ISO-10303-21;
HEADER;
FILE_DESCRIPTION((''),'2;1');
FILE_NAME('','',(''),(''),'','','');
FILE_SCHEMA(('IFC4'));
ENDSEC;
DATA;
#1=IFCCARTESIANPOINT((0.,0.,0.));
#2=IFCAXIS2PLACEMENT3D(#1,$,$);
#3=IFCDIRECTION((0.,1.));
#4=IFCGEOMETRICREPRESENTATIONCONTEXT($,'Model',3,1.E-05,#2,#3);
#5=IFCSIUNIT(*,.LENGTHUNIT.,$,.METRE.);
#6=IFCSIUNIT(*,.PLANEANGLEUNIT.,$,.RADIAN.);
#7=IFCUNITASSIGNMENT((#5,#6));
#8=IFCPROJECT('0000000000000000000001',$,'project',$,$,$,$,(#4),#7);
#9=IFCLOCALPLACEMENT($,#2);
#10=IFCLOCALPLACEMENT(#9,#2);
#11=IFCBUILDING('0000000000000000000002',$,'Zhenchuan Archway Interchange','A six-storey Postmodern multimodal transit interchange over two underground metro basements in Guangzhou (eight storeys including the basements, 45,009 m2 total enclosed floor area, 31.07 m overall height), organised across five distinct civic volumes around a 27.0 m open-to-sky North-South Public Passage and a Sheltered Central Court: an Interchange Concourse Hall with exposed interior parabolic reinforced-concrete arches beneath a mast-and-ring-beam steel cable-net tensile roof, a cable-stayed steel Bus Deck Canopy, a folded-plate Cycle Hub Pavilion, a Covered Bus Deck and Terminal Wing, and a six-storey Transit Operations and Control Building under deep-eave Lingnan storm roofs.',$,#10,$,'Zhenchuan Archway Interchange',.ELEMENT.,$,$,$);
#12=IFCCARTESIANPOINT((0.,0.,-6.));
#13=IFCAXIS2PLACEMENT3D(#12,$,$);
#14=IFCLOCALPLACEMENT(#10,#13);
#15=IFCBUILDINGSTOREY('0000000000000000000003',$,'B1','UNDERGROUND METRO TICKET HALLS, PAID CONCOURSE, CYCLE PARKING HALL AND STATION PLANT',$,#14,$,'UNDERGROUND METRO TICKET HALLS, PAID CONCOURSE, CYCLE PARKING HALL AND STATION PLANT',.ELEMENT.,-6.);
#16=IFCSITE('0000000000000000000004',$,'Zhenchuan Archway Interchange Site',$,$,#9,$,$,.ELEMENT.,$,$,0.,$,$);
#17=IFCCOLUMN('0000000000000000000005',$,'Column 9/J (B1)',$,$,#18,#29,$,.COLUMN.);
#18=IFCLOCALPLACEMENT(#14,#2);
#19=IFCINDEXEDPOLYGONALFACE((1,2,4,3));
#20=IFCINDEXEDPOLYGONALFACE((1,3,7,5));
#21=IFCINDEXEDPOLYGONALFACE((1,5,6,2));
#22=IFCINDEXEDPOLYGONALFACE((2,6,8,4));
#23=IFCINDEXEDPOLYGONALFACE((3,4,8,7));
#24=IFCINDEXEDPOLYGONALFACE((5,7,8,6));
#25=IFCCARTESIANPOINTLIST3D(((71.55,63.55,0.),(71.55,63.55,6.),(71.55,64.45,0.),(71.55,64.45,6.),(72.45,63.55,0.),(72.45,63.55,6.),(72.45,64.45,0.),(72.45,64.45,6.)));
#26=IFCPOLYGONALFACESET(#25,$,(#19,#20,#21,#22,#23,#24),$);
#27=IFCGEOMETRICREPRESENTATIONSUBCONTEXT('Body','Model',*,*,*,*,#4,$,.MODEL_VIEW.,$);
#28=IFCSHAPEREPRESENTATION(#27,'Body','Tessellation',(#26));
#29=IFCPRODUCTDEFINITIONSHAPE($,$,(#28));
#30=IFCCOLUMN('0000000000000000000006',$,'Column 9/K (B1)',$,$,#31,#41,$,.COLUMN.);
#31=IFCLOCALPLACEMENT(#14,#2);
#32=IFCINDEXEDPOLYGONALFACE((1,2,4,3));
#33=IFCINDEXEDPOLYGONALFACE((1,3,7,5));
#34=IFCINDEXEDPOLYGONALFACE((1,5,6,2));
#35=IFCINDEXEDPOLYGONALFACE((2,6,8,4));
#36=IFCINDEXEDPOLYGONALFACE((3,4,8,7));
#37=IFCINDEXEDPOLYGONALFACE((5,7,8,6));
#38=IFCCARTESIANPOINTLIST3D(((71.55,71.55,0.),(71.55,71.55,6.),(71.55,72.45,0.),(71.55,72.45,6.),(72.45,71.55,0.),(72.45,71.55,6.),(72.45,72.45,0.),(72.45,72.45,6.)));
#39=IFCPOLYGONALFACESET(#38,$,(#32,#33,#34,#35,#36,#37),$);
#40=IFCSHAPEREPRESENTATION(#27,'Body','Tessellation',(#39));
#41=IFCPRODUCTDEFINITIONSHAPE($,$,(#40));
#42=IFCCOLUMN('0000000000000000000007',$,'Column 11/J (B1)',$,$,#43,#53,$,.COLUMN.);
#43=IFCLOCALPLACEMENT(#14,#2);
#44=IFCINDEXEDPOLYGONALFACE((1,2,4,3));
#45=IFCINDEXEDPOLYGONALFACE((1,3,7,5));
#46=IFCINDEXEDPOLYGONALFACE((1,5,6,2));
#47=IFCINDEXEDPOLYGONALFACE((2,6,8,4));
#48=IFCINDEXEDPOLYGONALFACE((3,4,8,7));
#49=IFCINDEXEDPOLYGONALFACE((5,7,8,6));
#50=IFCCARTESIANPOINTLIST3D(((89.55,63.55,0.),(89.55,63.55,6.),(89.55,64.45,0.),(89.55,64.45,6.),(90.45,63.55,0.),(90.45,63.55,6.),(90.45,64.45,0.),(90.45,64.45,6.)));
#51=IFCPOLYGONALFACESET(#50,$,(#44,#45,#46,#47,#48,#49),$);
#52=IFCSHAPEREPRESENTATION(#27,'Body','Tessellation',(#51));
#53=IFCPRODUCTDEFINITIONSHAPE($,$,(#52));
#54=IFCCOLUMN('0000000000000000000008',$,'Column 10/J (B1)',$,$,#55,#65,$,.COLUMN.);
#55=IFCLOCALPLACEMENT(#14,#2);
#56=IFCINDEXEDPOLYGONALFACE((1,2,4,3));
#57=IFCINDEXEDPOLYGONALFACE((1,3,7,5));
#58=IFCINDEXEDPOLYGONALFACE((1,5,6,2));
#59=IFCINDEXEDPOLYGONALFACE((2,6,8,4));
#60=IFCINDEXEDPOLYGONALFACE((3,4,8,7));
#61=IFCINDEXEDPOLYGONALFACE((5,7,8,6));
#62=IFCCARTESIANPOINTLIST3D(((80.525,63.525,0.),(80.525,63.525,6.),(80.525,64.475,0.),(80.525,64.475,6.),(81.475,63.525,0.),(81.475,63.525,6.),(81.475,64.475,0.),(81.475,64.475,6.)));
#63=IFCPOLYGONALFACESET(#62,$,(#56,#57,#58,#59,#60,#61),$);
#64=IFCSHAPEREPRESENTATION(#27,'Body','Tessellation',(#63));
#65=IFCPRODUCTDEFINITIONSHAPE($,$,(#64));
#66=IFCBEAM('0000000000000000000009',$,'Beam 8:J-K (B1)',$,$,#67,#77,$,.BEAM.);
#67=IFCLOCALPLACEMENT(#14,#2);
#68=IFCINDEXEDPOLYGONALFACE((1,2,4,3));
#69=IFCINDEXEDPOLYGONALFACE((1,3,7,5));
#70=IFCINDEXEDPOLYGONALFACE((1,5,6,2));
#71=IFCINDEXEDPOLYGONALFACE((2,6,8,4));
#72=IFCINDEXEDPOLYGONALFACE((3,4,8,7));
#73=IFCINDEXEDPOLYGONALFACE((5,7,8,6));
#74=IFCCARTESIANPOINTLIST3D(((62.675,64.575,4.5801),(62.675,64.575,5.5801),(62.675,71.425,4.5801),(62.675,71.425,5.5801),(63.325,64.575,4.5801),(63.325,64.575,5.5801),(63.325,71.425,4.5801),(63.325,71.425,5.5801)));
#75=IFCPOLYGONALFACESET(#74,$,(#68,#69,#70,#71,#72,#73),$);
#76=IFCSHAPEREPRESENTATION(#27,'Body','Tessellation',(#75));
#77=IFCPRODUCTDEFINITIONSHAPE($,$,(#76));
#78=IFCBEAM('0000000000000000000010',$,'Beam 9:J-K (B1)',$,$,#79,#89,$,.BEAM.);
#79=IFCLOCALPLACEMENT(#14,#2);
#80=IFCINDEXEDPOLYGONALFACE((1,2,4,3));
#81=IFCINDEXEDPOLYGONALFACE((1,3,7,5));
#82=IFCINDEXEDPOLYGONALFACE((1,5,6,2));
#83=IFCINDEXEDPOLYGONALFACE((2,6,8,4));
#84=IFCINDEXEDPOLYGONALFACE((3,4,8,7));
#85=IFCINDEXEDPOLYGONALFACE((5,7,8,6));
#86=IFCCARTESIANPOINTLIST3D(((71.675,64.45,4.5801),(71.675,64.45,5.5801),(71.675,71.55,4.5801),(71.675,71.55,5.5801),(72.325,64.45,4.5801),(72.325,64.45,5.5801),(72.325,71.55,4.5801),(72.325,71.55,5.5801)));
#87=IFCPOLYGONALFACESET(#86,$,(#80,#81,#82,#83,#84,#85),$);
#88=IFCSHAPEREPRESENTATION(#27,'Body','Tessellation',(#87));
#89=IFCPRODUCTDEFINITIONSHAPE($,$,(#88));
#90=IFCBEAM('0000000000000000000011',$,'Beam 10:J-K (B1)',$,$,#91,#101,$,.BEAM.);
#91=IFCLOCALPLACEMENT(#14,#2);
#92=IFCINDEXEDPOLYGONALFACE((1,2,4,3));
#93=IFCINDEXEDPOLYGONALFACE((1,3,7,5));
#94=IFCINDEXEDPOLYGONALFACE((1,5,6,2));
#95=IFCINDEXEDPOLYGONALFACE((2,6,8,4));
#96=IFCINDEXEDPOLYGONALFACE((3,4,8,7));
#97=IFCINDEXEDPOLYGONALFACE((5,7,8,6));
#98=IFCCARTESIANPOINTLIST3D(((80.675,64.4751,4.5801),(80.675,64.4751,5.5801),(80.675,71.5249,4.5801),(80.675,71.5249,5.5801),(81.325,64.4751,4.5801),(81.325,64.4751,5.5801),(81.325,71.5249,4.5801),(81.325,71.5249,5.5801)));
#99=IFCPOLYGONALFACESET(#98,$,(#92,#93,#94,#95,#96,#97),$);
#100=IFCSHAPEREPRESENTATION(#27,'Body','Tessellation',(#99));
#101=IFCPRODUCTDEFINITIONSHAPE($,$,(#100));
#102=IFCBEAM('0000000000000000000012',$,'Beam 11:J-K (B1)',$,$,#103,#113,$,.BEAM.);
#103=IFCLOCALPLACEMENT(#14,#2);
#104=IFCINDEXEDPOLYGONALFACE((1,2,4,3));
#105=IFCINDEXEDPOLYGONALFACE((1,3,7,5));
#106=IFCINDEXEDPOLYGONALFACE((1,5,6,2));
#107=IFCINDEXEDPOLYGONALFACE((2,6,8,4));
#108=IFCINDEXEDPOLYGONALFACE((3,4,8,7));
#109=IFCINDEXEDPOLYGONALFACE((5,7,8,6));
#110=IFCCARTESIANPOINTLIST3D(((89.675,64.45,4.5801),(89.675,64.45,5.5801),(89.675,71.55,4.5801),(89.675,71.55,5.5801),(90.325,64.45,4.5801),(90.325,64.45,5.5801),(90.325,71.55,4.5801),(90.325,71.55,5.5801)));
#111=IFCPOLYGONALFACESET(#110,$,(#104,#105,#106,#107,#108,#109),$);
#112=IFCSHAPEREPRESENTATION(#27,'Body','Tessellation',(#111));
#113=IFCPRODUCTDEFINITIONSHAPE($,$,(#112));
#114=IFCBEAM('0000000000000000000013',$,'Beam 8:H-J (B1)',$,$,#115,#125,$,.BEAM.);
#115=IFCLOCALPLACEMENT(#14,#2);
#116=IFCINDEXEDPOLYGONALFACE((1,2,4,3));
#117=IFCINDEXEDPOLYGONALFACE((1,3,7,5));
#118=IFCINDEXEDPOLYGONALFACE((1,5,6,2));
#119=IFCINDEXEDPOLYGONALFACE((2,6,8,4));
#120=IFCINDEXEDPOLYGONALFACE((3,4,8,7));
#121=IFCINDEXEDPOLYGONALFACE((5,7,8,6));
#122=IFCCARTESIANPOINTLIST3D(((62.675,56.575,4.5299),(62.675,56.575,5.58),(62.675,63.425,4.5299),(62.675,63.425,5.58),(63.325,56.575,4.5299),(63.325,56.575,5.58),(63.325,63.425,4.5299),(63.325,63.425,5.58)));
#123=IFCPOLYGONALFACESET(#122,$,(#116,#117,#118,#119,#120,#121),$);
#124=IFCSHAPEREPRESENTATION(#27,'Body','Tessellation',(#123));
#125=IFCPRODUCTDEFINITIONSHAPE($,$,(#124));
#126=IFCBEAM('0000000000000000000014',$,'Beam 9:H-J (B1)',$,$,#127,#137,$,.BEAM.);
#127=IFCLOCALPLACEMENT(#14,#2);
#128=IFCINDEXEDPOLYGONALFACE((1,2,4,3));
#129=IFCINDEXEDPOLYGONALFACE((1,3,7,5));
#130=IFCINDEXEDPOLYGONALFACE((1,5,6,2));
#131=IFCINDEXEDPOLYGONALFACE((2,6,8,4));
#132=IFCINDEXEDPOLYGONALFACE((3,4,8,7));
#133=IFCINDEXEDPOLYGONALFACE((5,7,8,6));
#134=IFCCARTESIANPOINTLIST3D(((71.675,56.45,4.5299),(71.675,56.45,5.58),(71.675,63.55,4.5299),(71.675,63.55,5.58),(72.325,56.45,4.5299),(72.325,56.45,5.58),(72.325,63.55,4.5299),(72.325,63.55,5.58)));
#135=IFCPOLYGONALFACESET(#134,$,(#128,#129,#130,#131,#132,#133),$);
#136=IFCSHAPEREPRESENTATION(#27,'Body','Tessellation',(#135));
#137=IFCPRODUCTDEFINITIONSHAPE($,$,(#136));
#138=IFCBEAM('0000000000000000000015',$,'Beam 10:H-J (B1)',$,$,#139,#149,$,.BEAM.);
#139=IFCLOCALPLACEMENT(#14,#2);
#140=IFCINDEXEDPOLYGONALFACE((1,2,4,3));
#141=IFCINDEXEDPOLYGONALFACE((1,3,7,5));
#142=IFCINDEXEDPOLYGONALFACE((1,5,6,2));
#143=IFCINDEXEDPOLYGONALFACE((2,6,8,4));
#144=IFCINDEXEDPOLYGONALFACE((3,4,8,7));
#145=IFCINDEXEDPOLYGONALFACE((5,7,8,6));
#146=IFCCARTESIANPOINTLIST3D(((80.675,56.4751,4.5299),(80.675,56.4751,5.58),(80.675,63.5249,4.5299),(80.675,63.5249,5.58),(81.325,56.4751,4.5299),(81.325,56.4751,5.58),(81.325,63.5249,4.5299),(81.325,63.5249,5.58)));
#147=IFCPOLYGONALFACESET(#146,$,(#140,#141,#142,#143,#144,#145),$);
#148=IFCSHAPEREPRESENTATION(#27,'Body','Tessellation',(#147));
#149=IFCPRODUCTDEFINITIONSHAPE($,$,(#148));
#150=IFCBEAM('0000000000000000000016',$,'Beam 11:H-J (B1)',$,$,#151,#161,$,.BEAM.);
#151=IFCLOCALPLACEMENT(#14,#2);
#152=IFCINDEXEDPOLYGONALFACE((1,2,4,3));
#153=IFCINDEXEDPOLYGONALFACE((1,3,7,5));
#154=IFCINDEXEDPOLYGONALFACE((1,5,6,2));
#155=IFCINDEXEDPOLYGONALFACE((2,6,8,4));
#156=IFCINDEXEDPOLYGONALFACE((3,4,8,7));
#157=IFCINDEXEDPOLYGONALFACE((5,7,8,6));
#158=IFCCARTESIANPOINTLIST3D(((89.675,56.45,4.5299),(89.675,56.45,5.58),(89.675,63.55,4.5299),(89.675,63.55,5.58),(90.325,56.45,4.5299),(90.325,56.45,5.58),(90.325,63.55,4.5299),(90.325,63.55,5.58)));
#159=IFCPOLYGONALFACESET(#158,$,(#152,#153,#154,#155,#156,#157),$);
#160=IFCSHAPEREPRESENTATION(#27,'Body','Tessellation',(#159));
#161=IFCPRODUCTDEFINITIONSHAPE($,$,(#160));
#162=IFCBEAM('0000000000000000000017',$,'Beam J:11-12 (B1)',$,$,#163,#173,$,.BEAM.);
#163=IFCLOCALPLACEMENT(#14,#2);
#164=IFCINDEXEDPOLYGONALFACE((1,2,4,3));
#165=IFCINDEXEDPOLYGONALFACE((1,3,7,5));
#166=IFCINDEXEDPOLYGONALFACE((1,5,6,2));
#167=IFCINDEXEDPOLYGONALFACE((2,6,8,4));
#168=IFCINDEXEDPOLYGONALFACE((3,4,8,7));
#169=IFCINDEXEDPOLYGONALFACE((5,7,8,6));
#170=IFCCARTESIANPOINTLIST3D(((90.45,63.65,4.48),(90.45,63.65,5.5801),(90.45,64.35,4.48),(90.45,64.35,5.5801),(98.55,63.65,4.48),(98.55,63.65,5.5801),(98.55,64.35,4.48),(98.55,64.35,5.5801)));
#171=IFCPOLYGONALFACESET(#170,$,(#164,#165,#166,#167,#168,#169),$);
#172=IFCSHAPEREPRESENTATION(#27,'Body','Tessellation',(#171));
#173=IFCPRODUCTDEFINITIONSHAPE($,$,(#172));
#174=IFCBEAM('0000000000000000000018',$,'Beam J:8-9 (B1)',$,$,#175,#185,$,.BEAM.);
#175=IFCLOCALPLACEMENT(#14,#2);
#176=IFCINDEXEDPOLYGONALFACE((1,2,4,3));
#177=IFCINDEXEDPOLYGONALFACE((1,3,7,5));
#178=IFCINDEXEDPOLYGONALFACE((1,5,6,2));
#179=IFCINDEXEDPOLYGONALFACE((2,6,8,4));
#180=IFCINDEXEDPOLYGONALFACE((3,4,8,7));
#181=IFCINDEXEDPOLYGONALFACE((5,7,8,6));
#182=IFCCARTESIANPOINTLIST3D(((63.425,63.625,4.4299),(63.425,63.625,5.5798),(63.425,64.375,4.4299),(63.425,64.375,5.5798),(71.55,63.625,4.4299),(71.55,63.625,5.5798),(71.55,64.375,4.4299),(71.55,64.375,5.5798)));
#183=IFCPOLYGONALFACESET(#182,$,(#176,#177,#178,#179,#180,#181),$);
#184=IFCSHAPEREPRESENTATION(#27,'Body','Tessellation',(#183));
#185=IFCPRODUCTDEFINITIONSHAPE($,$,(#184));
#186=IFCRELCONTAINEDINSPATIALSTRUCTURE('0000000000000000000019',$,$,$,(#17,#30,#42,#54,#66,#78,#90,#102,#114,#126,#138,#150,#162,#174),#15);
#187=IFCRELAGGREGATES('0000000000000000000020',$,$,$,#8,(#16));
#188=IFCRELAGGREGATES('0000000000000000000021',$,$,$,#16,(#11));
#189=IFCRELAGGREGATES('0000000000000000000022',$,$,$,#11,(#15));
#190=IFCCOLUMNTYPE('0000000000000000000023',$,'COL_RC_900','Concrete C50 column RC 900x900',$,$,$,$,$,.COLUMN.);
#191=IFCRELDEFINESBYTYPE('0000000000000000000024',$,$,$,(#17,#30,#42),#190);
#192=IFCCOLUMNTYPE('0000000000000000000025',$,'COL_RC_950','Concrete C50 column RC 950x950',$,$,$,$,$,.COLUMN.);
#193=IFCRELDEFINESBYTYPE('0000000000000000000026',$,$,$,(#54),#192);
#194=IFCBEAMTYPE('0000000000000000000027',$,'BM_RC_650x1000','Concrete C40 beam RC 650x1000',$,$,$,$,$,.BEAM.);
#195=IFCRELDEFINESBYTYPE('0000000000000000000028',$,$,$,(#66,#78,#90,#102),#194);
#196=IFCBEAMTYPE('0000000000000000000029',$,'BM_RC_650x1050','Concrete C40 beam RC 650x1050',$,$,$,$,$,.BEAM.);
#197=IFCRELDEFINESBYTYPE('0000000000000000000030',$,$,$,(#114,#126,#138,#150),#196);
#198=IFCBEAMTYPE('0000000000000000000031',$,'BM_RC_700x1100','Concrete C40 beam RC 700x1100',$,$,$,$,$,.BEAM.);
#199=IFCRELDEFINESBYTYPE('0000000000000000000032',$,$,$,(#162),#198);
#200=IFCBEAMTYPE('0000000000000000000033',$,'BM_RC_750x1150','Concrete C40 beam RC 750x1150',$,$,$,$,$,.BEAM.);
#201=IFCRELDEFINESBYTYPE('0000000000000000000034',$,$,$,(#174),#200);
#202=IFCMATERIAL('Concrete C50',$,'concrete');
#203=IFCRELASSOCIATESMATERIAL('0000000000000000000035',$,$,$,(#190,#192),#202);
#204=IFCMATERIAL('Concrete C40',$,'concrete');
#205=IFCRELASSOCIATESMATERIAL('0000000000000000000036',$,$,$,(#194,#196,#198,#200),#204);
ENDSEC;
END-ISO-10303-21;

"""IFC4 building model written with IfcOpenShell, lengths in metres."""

from ifc_helpers import new_model, si_unit, direction, frame, origin, origin_2d, place, context, subcontext, project, spatial, rectangle, extrude, material, material_profile, profile_set, type_object, element, save


model = new_model("IFC4")

# Units and contexts
model_context = context("Model", 3, precision=1e-05, world=origin(), true_north=direction((0.0, 1.0)))
body_context = subcontext(model_context, "Body", "Model", "MODEL_VIEW")
ifc_project = project(units=[si_unit("LENGTHUNIT", "METRE"), si_unit("PLANEANGLEUNIT", "RADIAN")], contexts=[model_context])

# Site, building, storey
site_placement = place(None, origin())
site = spatial("IfcSite", under=ifc_project, at=site_placement, Name="Zhenchuan Archway Interchange Site", CompositionType="ELEMENT", RefElevation=0.0)
building_placement = place(site_placement, origin())
building = spatial("IfcBuilding", under=site, at=building_placement, Name="Zhenchuan Archway Interchange", Description="A six-storey Postmodern multimodal transit interchange over two underground metro basements in Guangzhou (eight storeys including the basements, 45,009 m2 total enclosed floor area, 31.07 m overall height), organised across five distinct civic volumes around a 27.0 m open-to-sky North-South Public Passage and a Sheltered Central Court: an Interchange Concourse Hall with exposed interior parabolic reinforced-concrete arches beneath a mast-and-ring-beam steel cable-net tensile roof, a cable-stayed steel Bus Deck Canopy, a folded-plate Cycle Hub Pavilion, a Covered Bus Deck and Terminal Wing, and a six-storey Transit Operations and Control Building under deep-eave Lingnan storm roofs.", LongName="Zhenchuan Archway Interchange", CompositionType="ELEMENT")
storey_placement = place(building_placement, frame((0.0, 0.0, -6.0)))
storey = spatial("IfcBuildingStorey", under=building, at=storey_placement, Name="B1", Description="UNDERGROUND METRO TICKET HALLS, PAID CONCOURSE, CYCLE PARKING HALL AND STATION PLANT", LongName="UNDERGROUND METRO TICKET HALLS, PAID CONCOURSE, CYCLE PARKING HALL AND STATION PLANT", CompositionType="ELEMENT", Elevation=-6.0)

# Columns
ifc_material_1 = material(Name="Concrete C50", Category="concrete")
ifc_material_profile_1 = material_profile(ifc_material_1, rectangle(XDim=0.8999, YDim=0.8999, at=origin_2d()), Name="RC 900x900")
ifc_profile_set_1 = profile_set([ifc_material_profile_1], Name="Concrete C50")
column_type_1 = type_object("IfcColumnType", Name="COL_RC_900", Description="Concrete C50 column RC 900x900", PredefinedType="COLUMN", material=ifc_profile_set_1)
for number, where, z_axis, x_axis, name in (
    (1, (72.0, 64.0, 0.0), (0.0, 0.0, 1.0), (1.0, 0.0, 0.0), "Column 9/J (B1)"),
    (2, (72.0, 72.0, 0.0), (0.0, 0.0, 1.0), (1.0, 0.0, 0.0), "Column 9/K (B1)"),
    (3, (90.0, 64.0, 0.0), (0.0, 0.0, 1.0), (1.0, 0.0, 0.0), "Column 11/J (B1)"),
):
    element("IfcColumn", number, at=place(storey_placement, frame(where, z_axis=z_axis, x_axis=x_axis)), inside=storey, type_object=column_type_1, Name=name, PredefinedType="COLUMN", context=body_context, shape_type="SweptSolid", body=[
        extrude(rectangle(XDim=0.8999, YDim=0.8999, at=origin_2d()), origin(), (0.0, 0.0, 1.0), 6.0),
    ])
ifc_material_profile_2 = material_profile(ifc_material_1, rectangle(XDim=0.95, YDim=0.95, at=origin_2d()), Name="RC 950x950")
ifc_profile_set_2 = profile_set([ifc_material_profile_2], Name="Concrete C50")
column_type_2 = type_object("IfcColumnType", Name="COL_RC_950", Description="Concrete C50 column RC 950x950", PredefinedType="COLUMN", material=ifc_profile_set_2)
column_placement = place(storey_placement, frame((81.0, 64.0, 0.0), z_axis=(0.0, 0.0, 1.0), x_axis=(1.0, 0.0, 0.0)))
element("IfcColumn", 4, at=column_placement, inside=storey, type_object=column_type_2, Name="Column 10/J (B1)", PredefinedType="COLUMN", context=body_context, shape_type="SweptSolid", body=[
    extrude(rectangle(XDim=0.95, YDim=0.95, at=origin_2d()), origin(), (0.0, 0.0, 1.0), 6.0),
])

# Beams
ifc_material_2 = material(Name="Concrete C40", Category="concrete")
ifc_material_profile_3 = material_profile(ifc_material_2, rectangle(XDim=0.6499, YDim=1.0, at=origin_2d()), Name="RC 650x1000")
ifc_profile_set_3 = profile_set([ifc_material_profile_3], Name="Concrete C40")
beam_type_1 = type_object("IfcBeamType", Name="BM_RC_650x1000", Description="Concrete C40 beam RC 650x1000", PredefinedType="BEAM", material=ifc_profile_set_3)
beam_1_placement = place(storey_placement, frame((63.0, 64.575, 5.0801), z_axis=(0.0, 1.0, 0.0), x_axis=(-1.0, 0.0, 0.0)))
element("IfcBeam", 5, at=beam_1_placement, inside=storey, type_object=beam_type_1, Name="Beam 8:J-K (B1)", PredefinedType="BEAM", context=body_context, shape_type="SweptSolid", body=[
    extrude(rectangle(XDim=0.6499, YDim=1.0, at=origin_2d()), origin(), (0.0, 0.0, 1.0), 6.8501),
])
beam_2_placement = place(storey_placement, frame((72.0, 64.45, 5.0801), z_axis=(0.0, 1.0, 0.0), x_axis=(-1.0, 0.0, 0.0)))
element("IfcBeam", 6, at=beam_2_placement, inside=storey, type_object=beam_type_1, Name="Beam 9:J-K (B1)", PredefinedType="BEAM", context=body_context, shape_type="SweptSolid", body=[
    extrude(rectangle(XDim=0.6499, YDim=1.0, at=origin_2d()), origin(), (0.0, 0.0, 1.0), 7.1001),
])
beam_3_placement = place(storey_placement, frame((81.0, 64.4751, 5.0801), z_axis=(0.0, 1.0, 0.0), x_axis=(-1.0, 0.0, 0.0)))
element("IfcBeam", 7, at=beam_3_placement, inside=storey, type_object=beam_type_1, Name="Beam 10:J-K (B1)", PredefinedType="BEAM", context=body_context, shape_type="SweptSolid", body=[
    extrude(rectangle(XDim=0.6499, YDim=1.0, at=origin_2d()), origin(), (0.0, 0.0, 1.0), 7.0498),
])
beam_4_placement = place(storey_placement, frame((90.0, 64.45, 5.0801), z_axis=(0.0, 1.0, 0.0), x_axis=(-1.0, 0.0, 0.0)))
element("IfcBeam", 8, at=beam_4_placement, inside=storey, type_object=beam_type_1, Name="Beam 11:J-K (B1)", PredefinedType="BEAM", context=body_context, shape_type="SweptSolid", body=[
    extrude(rectangle(XDim=0.6499, YDim=1.0, at=origin_2d()), origin(), (0.0, 0.0, 1.0), 7.1001),
])
ifc_material_profile_4 = material_profile(ifc_material_2, rectangle(XDim=0.6499, YDim=1.05, at=origin_2d()), Name="RC 650x1050")
ifc_profile_set_4 = profile_set([ifc_material_profile_4], Name="Concrete C40")
beam_type_2 = type_object("IfcBeamType", Name="BM_RC_650x1050", Description="Concrete C40 beam RC 650x1050", PredefinedType="BEAM", material=ifc_profile_set_4)
beam_5_placement = place(storey_placement, frame((63.0, 56.575, 5.0549), z_axis=(0.0, 1.0, 0.0), x_axis=(-1.0, 0.0, 0.0)))
element("IfcBeam", 9, at=beam_5_placement, inside=storey, type_object=beam_type_2, Name="Beam 8:H-J (B1)", PredefinedType="BEAM", context=body_context, shape_type="SweptSolid", body=[
    extrude(rectangle(XDim=0.6499, YDim=1.05, at=origin_2d()), origin(), (0.0, 0.0, 1.0), 6.8501),
])
beam_6_placement = place(storey_placement, frame((72.0, 56.45, 5.0549), z_axis=(0.0, 1.0, 0.0), x_axis=(-1.0, 0.0, 0.0)))
element("IfcBeam", 10, at=beam_6_placement, inside=storey, type_object=beam_type_2, Name="Beam 9:H-J (B1)", PredefinedType="BEAM", context=body_context, shape_type="SweptSolid", body=[
    extrude(rectangle(XDim=0.6499, YDim=1.05, at=origin_2d()), origin(), (0.0, 0.0, 1.0), 7.1001),
])
beam_7_placement = place(storey_placement, frame((81.0, 56.4751, 5.0549), z_axis=(0.0, 1.0, 0.0), x_axis=(-1.0, 0.0, 0.0)))
element("IfcBeam", 11, at=beam_7_placement, inside=storey, type_object=beam_type_2, Name="Beam 10:H-J (B1)", PredefinedType="BEAM", context=body_context, shape_type="SweptSolid", body=[
    extrude(rectangle(XDim=0.6499, YDim=1.05, at=origin_2d()), origin(), (0.0, 0.0, 1.0), 7.0498),
])
beam_8_placement = place(storey_placement, frame((90.0, 56.45, 5.0549), z_axis=(0.0, 1.0, 0.0), x_axis=(-1.0, 0.0, 0.0)))
element("IfcBeam", 12, at=beam_8_placement, inside=storey, type_object=beam_type_2, Name="Beam 11:H-J (B1)", PredefinedType="BEAM", context=body_context, shape_type="SweptSolid", body=[
    extrude(rectangle(XDim=0.6499, YDim=1.05, at=origin_2d()), origin(), (0.0, 0.0, 1.0), 7.1001),
])
ifc_material_profile_5 = material_profile(ifc_material_2, rectangle(XDim=0.7, YDim=1.1001, at=origin_2d()), Name="RC 700x1100")
ifc_profile_set_5 = profile_set([ifc_material_profile_5], Name="Concrete C40")
beam_type_3 = type_object("IfcBeamType", Name="BM_RC_700x1100", Description="Concrete C40 beam RC 700x1100", PredefinedType="BEAM", material=ifc_profile_set_5)
beam_9_placement = place(storey_placement, frame((90.45, 64.0, 5.03), z_axis=(1.0, 0.0, 0.0), x_axis=(0.0, 1.0, 0.0)))
element("IfcBeam", 13, at=beam_9_placement, inside=storey, type_object=beam_type_3, Name="Beam J:11-12 (B1)", PredefinedType="BEAM", context=body_context, shape_type="SweptSolid", body=[
    extrude(rectangle(XDim=0.7, YDim=1.1001, at=origin_2d()), origin(), (0.0, 0.0, 1.0), 8.1001),
])
ifc_material_profile_6 = material_profile(ifc_material_2, rectangle(XDim=0.75, YDim=1.1499, at=origin_2d()), Name="RC 750x1150")
ifc_profile_set_6 = profile_set([ifc_material_profile_6], Name="Concrete C40")
beam_type_4 = type_object("IfcBeamType", Name="BM_RC_750x1150", Description="Concrete C40 beam RC 750x1150", PredefinedType="BEAM", material=ifc_profile_set_6)
beam_10_placement = place(storey_placement, frame((63.425, 64.0, 5.0049), z_axis=(1.0, 0.0, 0.0), x_axis=(0.0, 1.0, 0.0)))
element("IfcBeam", 14, at=beam_10_placement, inside=storey, type_object=beam_type_4, Name="Beam J:8-9 (B1)", PredefinedType="BEAM", context=body_context, shape_type="SweptSolid", body=[
    extrude(rectangle(XDim=0.75, YDim=1.1499, at=origin_2d()), origin(), (0.0, 0.0, 1.0), 8.125),
])

save(model, "model.ifc")
